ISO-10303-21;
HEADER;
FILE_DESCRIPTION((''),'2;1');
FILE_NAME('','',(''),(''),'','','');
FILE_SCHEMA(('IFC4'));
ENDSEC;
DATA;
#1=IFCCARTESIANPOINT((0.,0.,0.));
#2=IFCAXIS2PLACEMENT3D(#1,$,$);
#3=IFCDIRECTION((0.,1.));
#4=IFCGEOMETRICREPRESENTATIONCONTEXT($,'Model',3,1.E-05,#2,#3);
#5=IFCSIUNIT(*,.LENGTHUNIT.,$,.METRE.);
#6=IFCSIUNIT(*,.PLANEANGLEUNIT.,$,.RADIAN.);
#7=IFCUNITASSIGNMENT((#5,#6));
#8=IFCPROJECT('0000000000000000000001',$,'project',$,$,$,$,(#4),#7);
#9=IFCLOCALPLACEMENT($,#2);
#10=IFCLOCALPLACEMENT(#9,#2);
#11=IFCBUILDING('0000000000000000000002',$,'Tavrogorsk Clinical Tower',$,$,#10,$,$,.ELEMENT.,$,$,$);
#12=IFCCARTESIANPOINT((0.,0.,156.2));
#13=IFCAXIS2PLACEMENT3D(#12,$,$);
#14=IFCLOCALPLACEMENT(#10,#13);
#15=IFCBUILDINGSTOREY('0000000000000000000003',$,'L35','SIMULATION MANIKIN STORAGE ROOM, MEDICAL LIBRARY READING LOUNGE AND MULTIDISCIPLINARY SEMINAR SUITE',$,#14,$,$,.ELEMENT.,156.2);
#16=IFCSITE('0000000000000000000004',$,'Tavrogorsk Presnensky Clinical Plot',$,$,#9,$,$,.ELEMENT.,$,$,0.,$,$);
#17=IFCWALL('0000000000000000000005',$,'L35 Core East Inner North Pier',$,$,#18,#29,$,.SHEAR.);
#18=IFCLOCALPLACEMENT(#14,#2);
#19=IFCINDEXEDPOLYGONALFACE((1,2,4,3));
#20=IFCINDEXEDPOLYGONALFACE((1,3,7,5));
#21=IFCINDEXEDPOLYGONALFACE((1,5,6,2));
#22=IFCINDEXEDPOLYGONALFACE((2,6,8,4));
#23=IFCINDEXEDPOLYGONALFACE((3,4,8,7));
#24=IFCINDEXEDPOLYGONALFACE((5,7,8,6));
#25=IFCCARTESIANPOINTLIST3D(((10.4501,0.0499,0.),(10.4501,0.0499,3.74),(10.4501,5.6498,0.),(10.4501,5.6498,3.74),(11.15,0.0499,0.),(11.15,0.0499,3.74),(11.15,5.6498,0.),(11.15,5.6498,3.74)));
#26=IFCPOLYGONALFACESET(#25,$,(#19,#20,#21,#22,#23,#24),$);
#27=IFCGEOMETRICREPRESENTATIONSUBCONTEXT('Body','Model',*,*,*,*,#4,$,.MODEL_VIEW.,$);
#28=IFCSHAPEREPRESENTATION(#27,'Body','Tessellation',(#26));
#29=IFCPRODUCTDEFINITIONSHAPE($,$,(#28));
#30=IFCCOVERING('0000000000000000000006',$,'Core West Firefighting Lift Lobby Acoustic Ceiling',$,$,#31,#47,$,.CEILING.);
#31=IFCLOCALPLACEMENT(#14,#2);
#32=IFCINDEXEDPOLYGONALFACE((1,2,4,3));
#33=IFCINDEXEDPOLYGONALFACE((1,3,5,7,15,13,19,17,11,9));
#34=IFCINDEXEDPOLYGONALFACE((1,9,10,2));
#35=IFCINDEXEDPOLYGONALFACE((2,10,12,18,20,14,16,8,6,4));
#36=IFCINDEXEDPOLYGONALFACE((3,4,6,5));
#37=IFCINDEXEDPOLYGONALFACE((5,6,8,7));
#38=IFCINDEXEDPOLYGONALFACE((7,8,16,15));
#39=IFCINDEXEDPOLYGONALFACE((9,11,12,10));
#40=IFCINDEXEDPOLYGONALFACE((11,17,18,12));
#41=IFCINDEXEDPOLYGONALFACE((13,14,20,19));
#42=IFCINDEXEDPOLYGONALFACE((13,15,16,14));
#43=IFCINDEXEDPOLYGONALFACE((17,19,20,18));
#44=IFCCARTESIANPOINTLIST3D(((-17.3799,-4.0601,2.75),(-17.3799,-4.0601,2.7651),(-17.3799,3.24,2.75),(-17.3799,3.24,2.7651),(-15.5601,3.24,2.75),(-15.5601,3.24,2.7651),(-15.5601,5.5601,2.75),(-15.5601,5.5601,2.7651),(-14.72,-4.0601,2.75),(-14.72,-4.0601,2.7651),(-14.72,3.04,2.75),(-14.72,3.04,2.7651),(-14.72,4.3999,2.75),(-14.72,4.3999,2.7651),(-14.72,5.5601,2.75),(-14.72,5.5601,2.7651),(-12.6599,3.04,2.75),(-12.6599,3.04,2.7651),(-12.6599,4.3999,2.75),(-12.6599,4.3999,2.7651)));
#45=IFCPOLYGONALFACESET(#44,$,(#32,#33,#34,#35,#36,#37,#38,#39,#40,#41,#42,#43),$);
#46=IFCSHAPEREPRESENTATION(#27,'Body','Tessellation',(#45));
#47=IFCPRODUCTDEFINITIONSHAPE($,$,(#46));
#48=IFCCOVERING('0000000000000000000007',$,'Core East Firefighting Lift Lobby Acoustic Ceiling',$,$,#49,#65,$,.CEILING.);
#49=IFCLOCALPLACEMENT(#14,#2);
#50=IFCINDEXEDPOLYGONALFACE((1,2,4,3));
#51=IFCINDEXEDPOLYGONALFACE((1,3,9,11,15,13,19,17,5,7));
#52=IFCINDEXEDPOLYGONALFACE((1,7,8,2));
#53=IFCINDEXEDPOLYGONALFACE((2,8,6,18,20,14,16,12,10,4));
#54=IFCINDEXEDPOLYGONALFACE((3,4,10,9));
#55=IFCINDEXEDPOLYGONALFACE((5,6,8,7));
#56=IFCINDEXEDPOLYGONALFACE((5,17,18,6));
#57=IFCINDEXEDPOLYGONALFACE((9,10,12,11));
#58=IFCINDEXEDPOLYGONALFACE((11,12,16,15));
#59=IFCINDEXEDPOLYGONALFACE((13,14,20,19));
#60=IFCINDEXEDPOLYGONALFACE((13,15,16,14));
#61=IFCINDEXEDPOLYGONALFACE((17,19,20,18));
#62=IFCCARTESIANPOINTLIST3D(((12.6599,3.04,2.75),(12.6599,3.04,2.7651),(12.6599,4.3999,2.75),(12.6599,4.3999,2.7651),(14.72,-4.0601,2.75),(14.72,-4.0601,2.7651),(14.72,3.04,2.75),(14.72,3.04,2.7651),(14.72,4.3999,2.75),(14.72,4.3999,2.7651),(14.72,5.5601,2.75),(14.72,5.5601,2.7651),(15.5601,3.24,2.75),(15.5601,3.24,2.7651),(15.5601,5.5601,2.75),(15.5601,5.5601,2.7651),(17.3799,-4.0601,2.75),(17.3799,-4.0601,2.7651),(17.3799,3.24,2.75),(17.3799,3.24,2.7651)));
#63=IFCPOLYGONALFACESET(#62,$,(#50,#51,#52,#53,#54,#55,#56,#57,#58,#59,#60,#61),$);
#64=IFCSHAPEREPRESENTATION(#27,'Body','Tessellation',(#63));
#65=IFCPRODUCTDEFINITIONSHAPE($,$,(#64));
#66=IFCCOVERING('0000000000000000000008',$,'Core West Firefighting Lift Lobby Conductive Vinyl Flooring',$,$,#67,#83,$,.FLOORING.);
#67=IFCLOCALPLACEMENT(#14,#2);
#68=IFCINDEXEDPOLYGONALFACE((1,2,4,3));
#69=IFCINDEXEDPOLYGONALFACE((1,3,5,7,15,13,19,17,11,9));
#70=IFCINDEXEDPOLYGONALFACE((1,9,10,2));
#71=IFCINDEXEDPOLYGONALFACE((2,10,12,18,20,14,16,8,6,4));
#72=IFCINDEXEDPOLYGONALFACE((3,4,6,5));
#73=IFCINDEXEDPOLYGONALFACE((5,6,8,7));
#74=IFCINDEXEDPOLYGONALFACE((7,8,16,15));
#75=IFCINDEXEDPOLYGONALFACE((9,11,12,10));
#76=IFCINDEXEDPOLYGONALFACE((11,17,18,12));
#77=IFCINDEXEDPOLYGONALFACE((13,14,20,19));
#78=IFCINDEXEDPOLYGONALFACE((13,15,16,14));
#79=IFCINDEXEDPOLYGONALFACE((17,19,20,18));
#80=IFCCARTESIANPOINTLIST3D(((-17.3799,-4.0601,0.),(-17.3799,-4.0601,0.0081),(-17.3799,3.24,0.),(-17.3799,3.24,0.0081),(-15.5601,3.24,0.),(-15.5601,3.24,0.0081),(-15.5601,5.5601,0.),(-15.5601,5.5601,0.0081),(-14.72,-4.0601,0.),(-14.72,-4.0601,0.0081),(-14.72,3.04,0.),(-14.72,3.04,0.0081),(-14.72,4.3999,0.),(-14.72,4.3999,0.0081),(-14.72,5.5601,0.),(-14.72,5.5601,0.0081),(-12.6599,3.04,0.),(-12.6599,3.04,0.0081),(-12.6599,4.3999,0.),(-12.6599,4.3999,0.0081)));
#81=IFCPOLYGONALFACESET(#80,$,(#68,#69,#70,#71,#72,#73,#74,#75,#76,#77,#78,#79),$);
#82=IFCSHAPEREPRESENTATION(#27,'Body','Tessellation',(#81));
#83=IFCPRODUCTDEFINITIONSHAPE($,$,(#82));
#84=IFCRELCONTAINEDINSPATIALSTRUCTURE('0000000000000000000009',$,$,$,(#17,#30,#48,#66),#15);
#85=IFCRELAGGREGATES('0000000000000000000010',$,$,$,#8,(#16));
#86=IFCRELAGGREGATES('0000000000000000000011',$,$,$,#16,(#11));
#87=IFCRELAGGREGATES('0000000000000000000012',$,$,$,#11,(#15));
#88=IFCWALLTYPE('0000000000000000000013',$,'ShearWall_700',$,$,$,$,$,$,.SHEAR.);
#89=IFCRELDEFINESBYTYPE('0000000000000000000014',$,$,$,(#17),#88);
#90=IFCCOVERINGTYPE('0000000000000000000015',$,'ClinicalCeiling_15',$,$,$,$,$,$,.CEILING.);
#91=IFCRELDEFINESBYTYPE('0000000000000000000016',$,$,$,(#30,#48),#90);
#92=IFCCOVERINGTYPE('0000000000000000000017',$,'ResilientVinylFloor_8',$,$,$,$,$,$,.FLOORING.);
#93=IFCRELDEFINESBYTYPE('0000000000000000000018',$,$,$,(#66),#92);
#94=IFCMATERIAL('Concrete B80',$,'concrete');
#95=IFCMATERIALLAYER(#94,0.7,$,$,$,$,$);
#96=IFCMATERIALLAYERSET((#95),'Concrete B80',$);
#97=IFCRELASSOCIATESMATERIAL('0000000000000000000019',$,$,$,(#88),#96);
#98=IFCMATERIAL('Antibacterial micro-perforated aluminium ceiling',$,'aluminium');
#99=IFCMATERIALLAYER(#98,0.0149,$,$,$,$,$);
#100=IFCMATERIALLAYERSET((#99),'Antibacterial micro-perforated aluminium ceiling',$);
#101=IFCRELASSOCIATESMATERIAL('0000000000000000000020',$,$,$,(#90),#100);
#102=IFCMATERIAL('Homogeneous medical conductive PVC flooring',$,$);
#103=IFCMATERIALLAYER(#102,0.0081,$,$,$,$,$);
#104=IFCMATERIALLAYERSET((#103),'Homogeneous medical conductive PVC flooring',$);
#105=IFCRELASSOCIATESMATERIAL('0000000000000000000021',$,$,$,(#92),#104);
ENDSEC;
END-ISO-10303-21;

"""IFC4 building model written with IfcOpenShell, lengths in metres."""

from ifc_helpers import new_model, si_unit, direction, frame, frame_2d, origin, place, context, subcontext, project, spatial, polyline, rectangle, outline, extrude, material, layer, layer_set, type_object, element, save


model = new_model("IFC4")

# Units and contexts
model_context = context("Model", 3, precision=1e-05, world=origin(), true_north=direction((0.0, 1.0)))
body_context = subcontext(model_context, "Body", "Model", "MODEL_VIEW")
ifc_project = project(units=[si_unit("LENGTHUNIT", "METRE"), si_unit("PLANEANGLEUNIT", "RADIAN")], contexts=[model_context])

# Site, building, storey
site_placement = place(None, origin())
site = spatial("IfcSite", under=ifc_project, at=site_placement, Name="Tavrogorsk Presnensky Clinical Plot", CompositionType="ELEMENT", RefElevation=0.0)
building_placement = place(site_placement, origin())
building = spatial("IfcBuilding", under=site, at=building_placement, Name="Tavrogorsk Clinical Tower", CompositionType="ELEMENT")
storey_placement = place(building_placement, frame((0.0, 0.0, 156.2)))
storey = spatial("IfcBuildingStorey", under=building, at=storey_placement, Name="L35", Description="SIMULATION MANIKIN STORAGE ROOM, MEDICAL LIBRARY READING LOUNGE AND MULTIDISCIPLINARY SEMINAR SUITE", CompositionType="ELEMENT", Elevation=156.2)

# Wall
ifc_material_1 = material(Name="Concrete B80", Category="concrete")
ifc_layer_1 = layer(ifc_material_1, 0.7)
ifc_layer_set_1 = layer_set([ifc_layer_1], Name="Concrete B80")
wall_type_1 = type_object("IfcWallType", Name="ShearWall_700", PredefinedType="SHEAR", material=ifc_layer_set_1)
wall_1_placement = place(storey_placement, frame((10.8, 0.05, 0.0), z_axis=(0.0, 0.0, 1.0), x_axis=(0.0, 1.0, 0.0)))
element("IfcWall", 1, at=wall_1_placement, inside=storey, type_object=wall_type_1, Name="L35 Core East Inner North Pier", PredefinedType="SHEAR", context=body_context, shape_type="SweptSolid", body=[
    extrude(rectangle(XDim=5.5999, YDim=0.7, at=frame_2d((2.7998, 0.0))), origin(), (0.0, 0.0, 1.0), 3.74),
])

# Coverings
ifc_material_2 = material(Name="Antibacterial micro-perforated aluminium ceiling", Category="aluminium")
ifc_layer_2 = layer(ifc_material_2, 0.0149)
ifc_layer_set_2 = layer_set([ifc_layer_2], Name="Antibacterial micro-perforated aluminium ceiling")
covering_type_1 = type_object("IfcCoveringType", Name="ClinicalCeiling_15", PredefinedType="CEILING", material=ifc_layer_set_2)
covering_1_placement = place(storey_placement, frame((0.0, 0.0, 2.75)))
element("IfcCovering", 2, at=covering_1_placement, inside=storey, type_object=covering_type_1, Name="Core West Firefighting Lift Lobby Acoustic Ceiling", PredefinedType="CEILING", context=body_context, shape_type="SweptSolid", body=[
    extrude(outline(polyline([(-17.3799, -4.0601), (-17.3799, 3.24), (-15.5601, 3.24), (-15.5601, 5.5601), (-14.72, 5.5601), (-14.72, 4.3999), (-12.6599, 4.3999), (-12.6599, 3.04), (-14.72, 3.04), (-14.72, -4.0601), (-17.3799, -4.0601)])), origin(), (0.0, 0.0, 1.0), 0.0151),
])
covering_2_placement = place(storey_placement, frame((0.0, 0.0, 2.75)))
element("IfcCovering", 3, at=covering_2_placement, inside=storey, type_object=covering_type_1, Name="Core East Firefighting Lift Lobby Acoustic Ceiling", PredefinedType="CEILING", context=body_context, shape_type="SweptSolid", body=[
    extrude(outline(polyline([(14.72, 3.04), (12.6599, 3.04), (12.6599, 4.3999), (14.72, 4.3999), (14.72, 5.5601), (15.5601, 5.5601), (15.5601, 3.24), (17.3799, 3.24), (17.3799, -4.0601), (14.72, -4.0601), (14.72, 3.04)])), origin(), (0.0, 0.0, 1.0), 0.0151),
])
ifc_material_3 = material(Name="Homogeneous medical conductive PVC flooring")
ifc_layer_3 = layer(ifc_material_3, 0.0081)
ifc_layer_set_3 = layer_set([ifc_layer_3], Name="Homogeneous medical conductive PVC flooring")
covering_type_2 = type_object("IfcCoveringType", Name="ResilientVinylFloor_8", PredefinedType="FLOORING", material=ifc_layer_set_3)
covering_3_placement = place(storey_placement, origin())
element("IfcCovering", 4, at=covering_3_placement, inside=storey, type_object=covering_type_2, Name="Core West Firefighting Lift Lobby Conductive Vinyl Flooring", PredefinedType="FLOORING", context=body_context, shape_type="SweptSolid", body=[
    extrude(outline(polyline([(-17.3799, -4.0601), (-17.3799, 3.24), (-15.5601, 3.24), (-15.5601, 5.5601), (-14.72, 5.5601), (-14.72, 4.3999), (-12.6599, 4.3999), (-12.6599, 3.04), (-14.72, 3.04), (-14.72, -4.0601), (-17.3799, -4.0601)])), origin(), (0.0, 0.0, 1.0), 0.0081),
])

save(model, "model.ifc")
